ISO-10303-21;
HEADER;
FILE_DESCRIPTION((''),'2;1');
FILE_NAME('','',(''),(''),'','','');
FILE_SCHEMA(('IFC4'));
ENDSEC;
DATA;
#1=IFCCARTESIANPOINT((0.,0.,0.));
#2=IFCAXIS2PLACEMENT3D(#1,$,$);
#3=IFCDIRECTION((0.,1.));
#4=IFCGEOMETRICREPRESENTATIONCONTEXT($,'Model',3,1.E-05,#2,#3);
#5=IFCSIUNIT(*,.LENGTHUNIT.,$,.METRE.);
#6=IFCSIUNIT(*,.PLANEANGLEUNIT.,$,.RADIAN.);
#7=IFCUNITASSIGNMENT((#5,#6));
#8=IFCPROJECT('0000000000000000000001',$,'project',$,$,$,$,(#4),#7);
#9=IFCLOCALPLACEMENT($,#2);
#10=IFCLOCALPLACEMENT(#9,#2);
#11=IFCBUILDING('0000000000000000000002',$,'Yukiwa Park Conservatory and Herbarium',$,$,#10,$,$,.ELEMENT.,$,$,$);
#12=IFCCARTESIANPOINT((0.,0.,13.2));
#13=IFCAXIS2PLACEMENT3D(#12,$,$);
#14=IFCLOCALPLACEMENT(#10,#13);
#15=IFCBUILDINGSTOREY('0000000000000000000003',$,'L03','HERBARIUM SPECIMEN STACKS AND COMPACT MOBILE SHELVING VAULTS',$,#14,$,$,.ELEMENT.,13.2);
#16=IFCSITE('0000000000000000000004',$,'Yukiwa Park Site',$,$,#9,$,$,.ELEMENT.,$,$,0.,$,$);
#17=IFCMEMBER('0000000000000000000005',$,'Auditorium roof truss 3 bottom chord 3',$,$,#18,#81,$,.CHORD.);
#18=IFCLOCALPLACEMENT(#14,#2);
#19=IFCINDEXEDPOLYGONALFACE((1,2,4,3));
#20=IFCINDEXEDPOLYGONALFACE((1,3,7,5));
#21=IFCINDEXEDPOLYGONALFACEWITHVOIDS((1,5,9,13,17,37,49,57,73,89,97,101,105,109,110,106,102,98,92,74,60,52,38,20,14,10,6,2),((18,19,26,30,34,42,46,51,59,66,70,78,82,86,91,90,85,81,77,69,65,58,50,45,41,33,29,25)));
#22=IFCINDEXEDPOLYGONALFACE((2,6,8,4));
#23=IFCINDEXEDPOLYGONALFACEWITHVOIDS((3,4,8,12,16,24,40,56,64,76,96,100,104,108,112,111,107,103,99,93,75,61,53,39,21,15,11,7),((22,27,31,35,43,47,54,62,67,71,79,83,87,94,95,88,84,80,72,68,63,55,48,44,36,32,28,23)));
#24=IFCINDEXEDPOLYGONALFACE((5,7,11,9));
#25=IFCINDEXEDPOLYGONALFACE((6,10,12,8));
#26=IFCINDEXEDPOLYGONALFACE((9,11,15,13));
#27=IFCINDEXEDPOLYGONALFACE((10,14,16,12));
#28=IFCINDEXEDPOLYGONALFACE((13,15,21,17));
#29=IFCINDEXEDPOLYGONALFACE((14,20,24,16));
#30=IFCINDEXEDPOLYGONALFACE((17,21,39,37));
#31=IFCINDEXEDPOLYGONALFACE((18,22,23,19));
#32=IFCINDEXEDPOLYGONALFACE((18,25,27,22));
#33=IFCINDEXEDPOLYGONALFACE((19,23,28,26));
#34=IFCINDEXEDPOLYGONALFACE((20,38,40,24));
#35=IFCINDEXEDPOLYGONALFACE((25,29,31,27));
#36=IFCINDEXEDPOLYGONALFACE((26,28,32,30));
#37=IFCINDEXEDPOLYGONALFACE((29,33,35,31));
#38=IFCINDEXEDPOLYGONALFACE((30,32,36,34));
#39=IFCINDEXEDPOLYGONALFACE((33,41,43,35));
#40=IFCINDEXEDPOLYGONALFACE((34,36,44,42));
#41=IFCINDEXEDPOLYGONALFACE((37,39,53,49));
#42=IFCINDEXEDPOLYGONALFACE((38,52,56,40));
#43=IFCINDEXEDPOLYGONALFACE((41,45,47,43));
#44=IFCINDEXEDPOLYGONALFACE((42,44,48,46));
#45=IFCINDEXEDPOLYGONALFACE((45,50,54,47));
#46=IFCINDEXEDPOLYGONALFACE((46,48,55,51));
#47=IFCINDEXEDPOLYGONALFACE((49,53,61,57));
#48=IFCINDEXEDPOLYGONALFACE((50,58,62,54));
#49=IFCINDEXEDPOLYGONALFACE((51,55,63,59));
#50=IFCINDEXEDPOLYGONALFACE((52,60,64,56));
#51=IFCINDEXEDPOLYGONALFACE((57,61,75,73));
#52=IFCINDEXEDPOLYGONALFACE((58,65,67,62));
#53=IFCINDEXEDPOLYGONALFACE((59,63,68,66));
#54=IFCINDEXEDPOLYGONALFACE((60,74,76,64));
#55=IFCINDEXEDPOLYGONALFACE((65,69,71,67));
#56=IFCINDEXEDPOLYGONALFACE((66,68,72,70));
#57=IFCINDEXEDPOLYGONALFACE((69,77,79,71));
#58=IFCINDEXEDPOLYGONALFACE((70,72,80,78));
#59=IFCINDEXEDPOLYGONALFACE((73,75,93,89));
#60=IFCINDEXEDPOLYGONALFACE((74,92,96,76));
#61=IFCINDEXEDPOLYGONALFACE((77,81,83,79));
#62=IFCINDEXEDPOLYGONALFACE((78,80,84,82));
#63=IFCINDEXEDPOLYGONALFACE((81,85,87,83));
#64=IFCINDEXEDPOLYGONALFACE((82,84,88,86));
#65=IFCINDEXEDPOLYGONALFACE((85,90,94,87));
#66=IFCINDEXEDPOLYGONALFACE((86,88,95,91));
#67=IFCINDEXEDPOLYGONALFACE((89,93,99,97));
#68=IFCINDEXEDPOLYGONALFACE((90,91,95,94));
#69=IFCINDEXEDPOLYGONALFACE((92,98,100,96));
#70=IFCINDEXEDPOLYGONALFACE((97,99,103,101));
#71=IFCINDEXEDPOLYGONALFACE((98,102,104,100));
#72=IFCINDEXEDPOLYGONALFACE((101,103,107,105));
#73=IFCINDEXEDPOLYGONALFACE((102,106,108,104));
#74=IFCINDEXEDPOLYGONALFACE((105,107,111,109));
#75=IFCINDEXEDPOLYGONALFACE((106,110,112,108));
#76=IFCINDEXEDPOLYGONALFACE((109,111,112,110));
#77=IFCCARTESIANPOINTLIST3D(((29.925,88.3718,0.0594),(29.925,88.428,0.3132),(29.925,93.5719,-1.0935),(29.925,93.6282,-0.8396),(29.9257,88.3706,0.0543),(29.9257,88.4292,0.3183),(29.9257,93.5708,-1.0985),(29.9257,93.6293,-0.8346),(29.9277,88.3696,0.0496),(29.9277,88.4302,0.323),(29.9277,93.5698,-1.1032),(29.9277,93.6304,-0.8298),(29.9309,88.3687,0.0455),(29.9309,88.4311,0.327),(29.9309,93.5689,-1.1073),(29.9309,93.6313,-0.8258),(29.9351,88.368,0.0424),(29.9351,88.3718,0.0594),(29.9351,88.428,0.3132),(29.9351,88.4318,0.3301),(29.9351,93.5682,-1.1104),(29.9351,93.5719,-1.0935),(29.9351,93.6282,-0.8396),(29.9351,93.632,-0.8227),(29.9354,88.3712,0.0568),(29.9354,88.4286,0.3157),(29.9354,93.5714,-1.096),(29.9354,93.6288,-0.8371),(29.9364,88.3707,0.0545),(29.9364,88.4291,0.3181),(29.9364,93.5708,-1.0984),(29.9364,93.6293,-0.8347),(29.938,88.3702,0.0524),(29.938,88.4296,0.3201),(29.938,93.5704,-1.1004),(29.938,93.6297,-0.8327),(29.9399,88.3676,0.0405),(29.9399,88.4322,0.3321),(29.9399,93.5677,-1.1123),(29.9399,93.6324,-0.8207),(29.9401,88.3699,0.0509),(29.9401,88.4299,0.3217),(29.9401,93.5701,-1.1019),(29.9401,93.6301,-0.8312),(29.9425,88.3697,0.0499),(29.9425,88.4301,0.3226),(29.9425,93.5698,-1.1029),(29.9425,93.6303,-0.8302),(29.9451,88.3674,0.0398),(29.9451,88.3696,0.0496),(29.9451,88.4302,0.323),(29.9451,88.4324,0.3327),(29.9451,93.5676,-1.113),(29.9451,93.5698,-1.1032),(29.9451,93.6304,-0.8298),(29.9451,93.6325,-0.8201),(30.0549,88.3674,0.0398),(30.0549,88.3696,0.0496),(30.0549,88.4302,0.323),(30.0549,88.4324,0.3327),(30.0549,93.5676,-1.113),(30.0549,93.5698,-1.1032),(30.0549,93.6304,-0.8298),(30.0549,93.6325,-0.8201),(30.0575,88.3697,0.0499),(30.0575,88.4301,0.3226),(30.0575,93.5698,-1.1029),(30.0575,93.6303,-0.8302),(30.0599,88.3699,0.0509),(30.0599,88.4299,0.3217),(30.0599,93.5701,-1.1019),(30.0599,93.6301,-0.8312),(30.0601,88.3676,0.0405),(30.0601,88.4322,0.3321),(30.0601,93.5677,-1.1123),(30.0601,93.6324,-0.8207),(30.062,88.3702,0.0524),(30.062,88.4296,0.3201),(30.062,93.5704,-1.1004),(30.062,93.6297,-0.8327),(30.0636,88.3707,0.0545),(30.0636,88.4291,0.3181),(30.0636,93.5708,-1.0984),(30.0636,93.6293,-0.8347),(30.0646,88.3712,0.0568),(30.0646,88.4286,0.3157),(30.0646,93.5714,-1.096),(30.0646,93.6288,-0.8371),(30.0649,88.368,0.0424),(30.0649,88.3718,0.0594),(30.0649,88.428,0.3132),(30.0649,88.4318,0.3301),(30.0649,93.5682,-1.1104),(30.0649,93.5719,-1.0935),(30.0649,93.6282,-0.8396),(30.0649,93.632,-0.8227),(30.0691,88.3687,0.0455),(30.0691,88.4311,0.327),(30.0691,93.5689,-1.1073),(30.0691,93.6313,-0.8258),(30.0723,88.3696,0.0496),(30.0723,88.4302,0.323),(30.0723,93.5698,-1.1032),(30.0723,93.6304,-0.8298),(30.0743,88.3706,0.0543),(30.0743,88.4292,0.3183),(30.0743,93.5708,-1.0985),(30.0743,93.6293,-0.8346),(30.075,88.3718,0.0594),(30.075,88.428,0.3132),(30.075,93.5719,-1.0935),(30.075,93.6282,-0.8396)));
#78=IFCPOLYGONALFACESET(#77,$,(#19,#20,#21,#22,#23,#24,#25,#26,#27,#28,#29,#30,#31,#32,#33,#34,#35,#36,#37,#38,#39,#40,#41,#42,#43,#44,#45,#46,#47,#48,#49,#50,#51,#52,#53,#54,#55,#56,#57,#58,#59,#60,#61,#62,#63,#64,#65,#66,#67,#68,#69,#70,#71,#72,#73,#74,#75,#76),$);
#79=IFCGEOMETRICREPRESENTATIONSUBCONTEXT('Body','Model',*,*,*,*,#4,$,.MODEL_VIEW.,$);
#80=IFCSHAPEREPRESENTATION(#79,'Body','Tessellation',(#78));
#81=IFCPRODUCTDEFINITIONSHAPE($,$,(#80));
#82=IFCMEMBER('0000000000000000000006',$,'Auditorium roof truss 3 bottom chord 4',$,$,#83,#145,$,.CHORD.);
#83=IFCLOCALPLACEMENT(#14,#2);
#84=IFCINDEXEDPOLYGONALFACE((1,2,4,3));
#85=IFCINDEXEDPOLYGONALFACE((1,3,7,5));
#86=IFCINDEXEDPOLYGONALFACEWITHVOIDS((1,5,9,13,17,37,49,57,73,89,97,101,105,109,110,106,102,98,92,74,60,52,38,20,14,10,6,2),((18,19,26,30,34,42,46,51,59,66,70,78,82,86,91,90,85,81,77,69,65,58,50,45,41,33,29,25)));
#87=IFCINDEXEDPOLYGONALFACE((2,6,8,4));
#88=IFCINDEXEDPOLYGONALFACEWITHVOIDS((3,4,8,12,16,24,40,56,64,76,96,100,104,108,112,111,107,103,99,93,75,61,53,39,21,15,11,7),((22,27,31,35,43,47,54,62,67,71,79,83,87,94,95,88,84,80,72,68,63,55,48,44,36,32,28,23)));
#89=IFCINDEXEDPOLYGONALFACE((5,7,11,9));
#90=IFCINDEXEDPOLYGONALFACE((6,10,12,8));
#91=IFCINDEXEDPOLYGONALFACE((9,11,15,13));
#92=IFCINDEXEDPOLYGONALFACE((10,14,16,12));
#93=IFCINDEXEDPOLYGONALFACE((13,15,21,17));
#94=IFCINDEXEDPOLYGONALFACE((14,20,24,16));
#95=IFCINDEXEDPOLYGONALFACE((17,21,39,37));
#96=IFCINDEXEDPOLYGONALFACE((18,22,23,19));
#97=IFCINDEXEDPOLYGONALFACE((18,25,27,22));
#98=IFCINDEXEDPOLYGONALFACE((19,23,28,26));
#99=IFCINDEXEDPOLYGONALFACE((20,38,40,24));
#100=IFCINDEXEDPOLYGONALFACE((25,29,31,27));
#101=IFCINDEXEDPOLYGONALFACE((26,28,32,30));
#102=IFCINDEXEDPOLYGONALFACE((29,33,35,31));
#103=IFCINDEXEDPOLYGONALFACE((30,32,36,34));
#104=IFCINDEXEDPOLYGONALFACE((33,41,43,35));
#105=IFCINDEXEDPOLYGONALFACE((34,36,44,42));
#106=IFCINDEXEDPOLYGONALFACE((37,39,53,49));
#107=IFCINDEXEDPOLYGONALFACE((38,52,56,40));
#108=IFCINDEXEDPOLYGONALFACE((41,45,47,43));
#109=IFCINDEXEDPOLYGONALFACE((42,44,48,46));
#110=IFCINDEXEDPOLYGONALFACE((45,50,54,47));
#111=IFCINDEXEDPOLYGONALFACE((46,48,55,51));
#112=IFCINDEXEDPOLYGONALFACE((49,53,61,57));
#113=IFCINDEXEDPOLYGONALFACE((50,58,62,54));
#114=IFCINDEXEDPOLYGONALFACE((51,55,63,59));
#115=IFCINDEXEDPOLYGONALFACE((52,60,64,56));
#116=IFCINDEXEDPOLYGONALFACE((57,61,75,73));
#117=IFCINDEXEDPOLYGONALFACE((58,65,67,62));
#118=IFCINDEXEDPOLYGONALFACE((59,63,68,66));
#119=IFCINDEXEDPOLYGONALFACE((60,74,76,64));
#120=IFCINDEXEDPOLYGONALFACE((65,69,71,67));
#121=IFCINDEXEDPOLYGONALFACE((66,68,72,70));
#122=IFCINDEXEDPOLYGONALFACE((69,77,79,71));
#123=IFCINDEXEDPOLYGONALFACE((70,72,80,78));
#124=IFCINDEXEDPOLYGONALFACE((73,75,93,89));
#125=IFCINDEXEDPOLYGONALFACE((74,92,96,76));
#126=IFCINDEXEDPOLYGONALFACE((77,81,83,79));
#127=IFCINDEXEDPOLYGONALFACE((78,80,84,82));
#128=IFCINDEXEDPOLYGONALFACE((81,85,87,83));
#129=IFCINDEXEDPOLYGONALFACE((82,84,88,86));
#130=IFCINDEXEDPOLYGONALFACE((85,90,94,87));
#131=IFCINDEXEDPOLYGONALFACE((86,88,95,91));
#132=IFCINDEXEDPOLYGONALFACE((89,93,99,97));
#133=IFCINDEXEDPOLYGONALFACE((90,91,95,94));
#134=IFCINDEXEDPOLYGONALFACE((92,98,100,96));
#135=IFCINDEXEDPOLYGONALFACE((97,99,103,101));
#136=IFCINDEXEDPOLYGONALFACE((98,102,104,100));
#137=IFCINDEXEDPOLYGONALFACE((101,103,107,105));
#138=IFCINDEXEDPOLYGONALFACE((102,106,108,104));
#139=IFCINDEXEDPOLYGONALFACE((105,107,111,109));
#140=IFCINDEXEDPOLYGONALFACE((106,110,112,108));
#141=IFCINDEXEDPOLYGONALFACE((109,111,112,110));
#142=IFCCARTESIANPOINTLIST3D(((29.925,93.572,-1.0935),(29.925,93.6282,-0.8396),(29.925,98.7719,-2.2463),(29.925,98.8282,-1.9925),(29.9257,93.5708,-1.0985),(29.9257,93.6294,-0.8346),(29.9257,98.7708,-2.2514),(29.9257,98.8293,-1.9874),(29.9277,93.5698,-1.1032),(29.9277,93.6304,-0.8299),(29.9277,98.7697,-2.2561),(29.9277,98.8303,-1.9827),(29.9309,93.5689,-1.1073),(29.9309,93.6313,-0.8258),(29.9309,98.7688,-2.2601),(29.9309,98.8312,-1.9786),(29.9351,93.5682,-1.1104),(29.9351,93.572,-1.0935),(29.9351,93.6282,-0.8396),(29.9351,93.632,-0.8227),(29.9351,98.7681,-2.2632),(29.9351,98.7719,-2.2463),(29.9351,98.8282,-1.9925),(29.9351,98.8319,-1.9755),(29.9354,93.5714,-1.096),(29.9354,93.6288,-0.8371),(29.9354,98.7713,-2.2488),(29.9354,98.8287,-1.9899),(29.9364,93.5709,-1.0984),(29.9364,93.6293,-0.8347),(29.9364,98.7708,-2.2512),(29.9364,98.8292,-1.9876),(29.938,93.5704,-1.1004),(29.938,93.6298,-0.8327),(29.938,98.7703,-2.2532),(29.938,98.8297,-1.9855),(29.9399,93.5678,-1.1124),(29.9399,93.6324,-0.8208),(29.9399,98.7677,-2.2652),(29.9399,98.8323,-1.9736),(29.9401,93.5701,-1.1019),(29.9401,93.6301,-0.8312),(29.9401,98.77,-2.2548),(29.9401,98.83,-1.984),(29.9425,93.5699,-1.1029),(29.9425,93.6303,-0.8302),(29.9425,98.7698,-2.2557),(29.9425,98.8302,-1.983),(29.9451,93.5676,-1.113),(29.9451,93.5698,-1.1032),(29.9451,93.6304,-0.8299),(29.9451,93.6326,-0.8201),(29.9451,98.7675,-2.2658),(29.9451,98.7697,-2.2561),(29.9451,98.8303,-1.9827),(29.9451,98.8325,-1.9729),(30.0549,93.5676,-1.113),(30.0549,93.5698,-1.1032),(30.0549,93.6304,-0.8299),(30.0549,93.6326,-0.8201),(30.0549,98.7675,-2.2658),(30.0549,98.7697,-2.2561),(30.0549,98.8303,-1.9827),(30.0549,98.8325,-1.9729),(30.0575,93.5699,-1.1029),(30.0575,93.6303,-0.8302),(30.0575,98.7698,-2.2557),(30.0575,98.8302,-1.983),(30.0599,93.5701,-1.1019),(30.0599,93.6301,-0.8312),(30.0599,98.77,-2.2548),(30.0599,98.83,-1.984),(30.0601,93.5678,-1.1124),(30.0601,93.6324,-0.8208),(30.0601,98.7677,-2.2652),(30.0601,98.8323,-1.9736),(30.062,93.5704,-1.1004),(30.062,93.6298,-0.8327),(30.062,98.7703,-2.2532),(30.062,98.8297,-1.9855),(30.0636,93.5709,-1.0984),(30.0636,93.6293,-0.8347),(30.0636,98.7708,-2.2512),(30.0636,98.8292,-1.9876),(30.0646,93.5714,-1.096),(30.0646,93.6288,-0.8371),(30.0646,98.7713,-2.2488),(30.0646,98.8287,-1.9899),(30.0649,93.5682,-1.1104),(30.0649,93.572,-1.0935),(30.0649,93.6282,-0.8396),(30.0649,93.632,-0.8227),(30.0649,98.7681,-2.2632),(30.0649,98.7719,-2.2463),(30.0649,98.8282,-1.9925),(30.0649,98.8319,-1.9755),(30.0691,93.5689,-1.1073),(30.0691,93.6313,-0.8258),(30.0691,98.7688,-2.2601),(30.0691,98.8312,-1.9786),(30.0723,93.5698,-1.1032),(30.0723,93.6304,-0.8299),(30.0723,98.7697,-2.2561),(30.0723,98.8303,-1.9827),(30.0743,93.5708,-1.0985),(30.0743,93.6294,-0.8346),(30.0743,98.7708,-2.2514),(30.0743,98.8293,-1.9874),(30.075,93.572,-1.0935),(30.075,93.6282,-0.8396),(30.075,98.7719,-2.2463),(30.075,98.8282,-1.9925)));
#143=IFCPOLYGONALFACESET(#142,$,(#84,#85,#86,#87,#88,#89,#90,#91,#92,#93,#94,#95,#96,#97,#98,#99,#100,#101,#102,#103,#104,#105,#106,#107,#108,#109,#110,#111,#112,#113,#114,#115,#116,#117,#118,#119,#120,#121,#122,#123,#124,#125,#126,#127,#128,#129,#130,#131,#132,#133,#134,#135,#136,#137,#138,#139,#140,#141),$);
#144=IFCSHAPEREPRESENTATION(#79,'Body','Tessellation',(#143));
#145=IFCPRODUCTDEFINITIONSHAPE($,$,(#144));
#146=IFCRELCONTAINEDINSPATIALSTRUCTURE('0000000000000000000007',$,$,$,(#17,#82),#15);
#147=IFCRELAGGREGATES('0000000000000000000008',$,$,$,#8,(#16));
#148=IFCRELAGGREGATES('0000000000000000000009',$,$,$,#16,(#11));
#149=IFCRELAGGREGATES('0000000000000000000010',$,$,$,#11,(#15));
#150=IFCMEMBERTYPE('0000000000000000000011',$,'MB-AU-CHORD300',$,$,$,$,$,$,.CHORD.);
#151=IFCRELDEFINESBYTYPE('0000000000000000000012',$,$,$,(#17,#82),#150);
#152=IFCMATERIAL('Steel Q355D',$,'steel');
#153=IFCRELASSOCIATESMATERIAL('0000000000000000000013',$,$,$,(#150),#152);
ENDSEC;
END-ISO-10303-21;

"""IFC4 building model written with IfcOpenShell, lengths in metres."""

from ifc_helpers import new_model, si_unit, direction, frame, origin, origin_2d, place, context, subcontext, project, spatial, hollow_rectangle, extrude, material, material_profile, profile_set, type_object, element, save


model = new_model("IFC4")

# Units and contexts
model_context = context("Model", 3, precision=1e-05, world=origin(), true_north=direction((0.0, 1.0)))
body_context = subcontext(model_context, "Body", "Model", "MODEL_VIEW")
ifc_project = project(units=[si_unit("LENGTHUNIT", "METRE"), si_unit("PLANEANGLEUNIT", "RADIAN")], contexts=[model_context])

# Site, building, storey
site_placement = place(None, origin())
site = spatial("IfcSite", under=ifc_project, at=site_placement, Name="Yukiwa Park Site", CompositionType="ELEMENT", RefElevation=0.0)
building_placement = place(site_placement, origin())
building = spatial("IfcBuilding", under=site, at=building_placement, Name="Yukiwa Park Conservatory and Herbarium", CompositionType="ELEMENT")
storey_placement = place(building_placement, frame((0.0, 0.0, 13.2)))
storey = spatial("IfcBuildingStorey", under=building, at=storey_placement, Name="L03", Description="HERBARIUM SPECIMEN STACKS AND COMPACT MOBILE SHELVING VAULTS", CompositionType="ELEMENT", Elevation=13.2)

# Members
ifc_material_1 = material(Name="Steel Q355D", Category="steel")
ifc_material_profile_1 = material_profile(ifc_material_1, hollow_rectangle(XDim=0.1499, YDim=0.3, WallThickness=0.01, InnerFilletRadius=0.01, OuterFilletRadius=0.02, at=origin_2d()), Name="RHS 300x150x10")
ifc_profile_set_1 = profile_set([ifc_material_profile_1], Name="Steel Q355D")
member_type_1 = type_object("IfcMemberType", Name="MB-AU-CHORD300", PredefinedType="CHORD", material=ifc_profile_set_1)
member_1_placement = place(storey_placement, frame((30.0, 88.3999, 0.1863), z_axis=(0.0, 0.976297, -0.216435), x_axis=(-1.0, 0.0, 0.0)))
element("IfcMember", 1, at=member_1_placement, inside=storey, type_object=member_type_1, Name="Auditorium roof truss 3 bottom chord 3", PredefinedType="CHORD", context=body_context, shape_type="SweptSolid", body=[
    extrude(hollow_rectangle(XDim=0.1499, YDim=0.3, WallThickness=0.01, InnerFilletRadius=0.01, OuterFilletRadius=0.02, at=origin_2d()), origin(), (0.0, 0.0, 1.0), 5.3264),
])
member_2_placement = place(storey_placement, frame((30.0, 93.6001, -0.9666), z_axis=(0.0, 0.976295, -0.216445), x_axis=(-1.0, 0.0, 0.0)))
element("IfcMember", 2, at=member_2_placement, inside=storey, type_object=member_type_1, Name="Auditorium roof truss 3 bottom chord 4", PredefinedType="CHORD", context=body_context, shape_type="SweptSolid", body=[
    extrude(hollow_rectangle(XDim=0.1499, YDim=0.3, WallThickness=0.01, InnerFilletRadius=0.01, OuterFilletRadius=0.02, at=origin_2d()), origin(), (0.0, 0.0, 1.0), 5.3262),
])

save(model, "model.ifc")
